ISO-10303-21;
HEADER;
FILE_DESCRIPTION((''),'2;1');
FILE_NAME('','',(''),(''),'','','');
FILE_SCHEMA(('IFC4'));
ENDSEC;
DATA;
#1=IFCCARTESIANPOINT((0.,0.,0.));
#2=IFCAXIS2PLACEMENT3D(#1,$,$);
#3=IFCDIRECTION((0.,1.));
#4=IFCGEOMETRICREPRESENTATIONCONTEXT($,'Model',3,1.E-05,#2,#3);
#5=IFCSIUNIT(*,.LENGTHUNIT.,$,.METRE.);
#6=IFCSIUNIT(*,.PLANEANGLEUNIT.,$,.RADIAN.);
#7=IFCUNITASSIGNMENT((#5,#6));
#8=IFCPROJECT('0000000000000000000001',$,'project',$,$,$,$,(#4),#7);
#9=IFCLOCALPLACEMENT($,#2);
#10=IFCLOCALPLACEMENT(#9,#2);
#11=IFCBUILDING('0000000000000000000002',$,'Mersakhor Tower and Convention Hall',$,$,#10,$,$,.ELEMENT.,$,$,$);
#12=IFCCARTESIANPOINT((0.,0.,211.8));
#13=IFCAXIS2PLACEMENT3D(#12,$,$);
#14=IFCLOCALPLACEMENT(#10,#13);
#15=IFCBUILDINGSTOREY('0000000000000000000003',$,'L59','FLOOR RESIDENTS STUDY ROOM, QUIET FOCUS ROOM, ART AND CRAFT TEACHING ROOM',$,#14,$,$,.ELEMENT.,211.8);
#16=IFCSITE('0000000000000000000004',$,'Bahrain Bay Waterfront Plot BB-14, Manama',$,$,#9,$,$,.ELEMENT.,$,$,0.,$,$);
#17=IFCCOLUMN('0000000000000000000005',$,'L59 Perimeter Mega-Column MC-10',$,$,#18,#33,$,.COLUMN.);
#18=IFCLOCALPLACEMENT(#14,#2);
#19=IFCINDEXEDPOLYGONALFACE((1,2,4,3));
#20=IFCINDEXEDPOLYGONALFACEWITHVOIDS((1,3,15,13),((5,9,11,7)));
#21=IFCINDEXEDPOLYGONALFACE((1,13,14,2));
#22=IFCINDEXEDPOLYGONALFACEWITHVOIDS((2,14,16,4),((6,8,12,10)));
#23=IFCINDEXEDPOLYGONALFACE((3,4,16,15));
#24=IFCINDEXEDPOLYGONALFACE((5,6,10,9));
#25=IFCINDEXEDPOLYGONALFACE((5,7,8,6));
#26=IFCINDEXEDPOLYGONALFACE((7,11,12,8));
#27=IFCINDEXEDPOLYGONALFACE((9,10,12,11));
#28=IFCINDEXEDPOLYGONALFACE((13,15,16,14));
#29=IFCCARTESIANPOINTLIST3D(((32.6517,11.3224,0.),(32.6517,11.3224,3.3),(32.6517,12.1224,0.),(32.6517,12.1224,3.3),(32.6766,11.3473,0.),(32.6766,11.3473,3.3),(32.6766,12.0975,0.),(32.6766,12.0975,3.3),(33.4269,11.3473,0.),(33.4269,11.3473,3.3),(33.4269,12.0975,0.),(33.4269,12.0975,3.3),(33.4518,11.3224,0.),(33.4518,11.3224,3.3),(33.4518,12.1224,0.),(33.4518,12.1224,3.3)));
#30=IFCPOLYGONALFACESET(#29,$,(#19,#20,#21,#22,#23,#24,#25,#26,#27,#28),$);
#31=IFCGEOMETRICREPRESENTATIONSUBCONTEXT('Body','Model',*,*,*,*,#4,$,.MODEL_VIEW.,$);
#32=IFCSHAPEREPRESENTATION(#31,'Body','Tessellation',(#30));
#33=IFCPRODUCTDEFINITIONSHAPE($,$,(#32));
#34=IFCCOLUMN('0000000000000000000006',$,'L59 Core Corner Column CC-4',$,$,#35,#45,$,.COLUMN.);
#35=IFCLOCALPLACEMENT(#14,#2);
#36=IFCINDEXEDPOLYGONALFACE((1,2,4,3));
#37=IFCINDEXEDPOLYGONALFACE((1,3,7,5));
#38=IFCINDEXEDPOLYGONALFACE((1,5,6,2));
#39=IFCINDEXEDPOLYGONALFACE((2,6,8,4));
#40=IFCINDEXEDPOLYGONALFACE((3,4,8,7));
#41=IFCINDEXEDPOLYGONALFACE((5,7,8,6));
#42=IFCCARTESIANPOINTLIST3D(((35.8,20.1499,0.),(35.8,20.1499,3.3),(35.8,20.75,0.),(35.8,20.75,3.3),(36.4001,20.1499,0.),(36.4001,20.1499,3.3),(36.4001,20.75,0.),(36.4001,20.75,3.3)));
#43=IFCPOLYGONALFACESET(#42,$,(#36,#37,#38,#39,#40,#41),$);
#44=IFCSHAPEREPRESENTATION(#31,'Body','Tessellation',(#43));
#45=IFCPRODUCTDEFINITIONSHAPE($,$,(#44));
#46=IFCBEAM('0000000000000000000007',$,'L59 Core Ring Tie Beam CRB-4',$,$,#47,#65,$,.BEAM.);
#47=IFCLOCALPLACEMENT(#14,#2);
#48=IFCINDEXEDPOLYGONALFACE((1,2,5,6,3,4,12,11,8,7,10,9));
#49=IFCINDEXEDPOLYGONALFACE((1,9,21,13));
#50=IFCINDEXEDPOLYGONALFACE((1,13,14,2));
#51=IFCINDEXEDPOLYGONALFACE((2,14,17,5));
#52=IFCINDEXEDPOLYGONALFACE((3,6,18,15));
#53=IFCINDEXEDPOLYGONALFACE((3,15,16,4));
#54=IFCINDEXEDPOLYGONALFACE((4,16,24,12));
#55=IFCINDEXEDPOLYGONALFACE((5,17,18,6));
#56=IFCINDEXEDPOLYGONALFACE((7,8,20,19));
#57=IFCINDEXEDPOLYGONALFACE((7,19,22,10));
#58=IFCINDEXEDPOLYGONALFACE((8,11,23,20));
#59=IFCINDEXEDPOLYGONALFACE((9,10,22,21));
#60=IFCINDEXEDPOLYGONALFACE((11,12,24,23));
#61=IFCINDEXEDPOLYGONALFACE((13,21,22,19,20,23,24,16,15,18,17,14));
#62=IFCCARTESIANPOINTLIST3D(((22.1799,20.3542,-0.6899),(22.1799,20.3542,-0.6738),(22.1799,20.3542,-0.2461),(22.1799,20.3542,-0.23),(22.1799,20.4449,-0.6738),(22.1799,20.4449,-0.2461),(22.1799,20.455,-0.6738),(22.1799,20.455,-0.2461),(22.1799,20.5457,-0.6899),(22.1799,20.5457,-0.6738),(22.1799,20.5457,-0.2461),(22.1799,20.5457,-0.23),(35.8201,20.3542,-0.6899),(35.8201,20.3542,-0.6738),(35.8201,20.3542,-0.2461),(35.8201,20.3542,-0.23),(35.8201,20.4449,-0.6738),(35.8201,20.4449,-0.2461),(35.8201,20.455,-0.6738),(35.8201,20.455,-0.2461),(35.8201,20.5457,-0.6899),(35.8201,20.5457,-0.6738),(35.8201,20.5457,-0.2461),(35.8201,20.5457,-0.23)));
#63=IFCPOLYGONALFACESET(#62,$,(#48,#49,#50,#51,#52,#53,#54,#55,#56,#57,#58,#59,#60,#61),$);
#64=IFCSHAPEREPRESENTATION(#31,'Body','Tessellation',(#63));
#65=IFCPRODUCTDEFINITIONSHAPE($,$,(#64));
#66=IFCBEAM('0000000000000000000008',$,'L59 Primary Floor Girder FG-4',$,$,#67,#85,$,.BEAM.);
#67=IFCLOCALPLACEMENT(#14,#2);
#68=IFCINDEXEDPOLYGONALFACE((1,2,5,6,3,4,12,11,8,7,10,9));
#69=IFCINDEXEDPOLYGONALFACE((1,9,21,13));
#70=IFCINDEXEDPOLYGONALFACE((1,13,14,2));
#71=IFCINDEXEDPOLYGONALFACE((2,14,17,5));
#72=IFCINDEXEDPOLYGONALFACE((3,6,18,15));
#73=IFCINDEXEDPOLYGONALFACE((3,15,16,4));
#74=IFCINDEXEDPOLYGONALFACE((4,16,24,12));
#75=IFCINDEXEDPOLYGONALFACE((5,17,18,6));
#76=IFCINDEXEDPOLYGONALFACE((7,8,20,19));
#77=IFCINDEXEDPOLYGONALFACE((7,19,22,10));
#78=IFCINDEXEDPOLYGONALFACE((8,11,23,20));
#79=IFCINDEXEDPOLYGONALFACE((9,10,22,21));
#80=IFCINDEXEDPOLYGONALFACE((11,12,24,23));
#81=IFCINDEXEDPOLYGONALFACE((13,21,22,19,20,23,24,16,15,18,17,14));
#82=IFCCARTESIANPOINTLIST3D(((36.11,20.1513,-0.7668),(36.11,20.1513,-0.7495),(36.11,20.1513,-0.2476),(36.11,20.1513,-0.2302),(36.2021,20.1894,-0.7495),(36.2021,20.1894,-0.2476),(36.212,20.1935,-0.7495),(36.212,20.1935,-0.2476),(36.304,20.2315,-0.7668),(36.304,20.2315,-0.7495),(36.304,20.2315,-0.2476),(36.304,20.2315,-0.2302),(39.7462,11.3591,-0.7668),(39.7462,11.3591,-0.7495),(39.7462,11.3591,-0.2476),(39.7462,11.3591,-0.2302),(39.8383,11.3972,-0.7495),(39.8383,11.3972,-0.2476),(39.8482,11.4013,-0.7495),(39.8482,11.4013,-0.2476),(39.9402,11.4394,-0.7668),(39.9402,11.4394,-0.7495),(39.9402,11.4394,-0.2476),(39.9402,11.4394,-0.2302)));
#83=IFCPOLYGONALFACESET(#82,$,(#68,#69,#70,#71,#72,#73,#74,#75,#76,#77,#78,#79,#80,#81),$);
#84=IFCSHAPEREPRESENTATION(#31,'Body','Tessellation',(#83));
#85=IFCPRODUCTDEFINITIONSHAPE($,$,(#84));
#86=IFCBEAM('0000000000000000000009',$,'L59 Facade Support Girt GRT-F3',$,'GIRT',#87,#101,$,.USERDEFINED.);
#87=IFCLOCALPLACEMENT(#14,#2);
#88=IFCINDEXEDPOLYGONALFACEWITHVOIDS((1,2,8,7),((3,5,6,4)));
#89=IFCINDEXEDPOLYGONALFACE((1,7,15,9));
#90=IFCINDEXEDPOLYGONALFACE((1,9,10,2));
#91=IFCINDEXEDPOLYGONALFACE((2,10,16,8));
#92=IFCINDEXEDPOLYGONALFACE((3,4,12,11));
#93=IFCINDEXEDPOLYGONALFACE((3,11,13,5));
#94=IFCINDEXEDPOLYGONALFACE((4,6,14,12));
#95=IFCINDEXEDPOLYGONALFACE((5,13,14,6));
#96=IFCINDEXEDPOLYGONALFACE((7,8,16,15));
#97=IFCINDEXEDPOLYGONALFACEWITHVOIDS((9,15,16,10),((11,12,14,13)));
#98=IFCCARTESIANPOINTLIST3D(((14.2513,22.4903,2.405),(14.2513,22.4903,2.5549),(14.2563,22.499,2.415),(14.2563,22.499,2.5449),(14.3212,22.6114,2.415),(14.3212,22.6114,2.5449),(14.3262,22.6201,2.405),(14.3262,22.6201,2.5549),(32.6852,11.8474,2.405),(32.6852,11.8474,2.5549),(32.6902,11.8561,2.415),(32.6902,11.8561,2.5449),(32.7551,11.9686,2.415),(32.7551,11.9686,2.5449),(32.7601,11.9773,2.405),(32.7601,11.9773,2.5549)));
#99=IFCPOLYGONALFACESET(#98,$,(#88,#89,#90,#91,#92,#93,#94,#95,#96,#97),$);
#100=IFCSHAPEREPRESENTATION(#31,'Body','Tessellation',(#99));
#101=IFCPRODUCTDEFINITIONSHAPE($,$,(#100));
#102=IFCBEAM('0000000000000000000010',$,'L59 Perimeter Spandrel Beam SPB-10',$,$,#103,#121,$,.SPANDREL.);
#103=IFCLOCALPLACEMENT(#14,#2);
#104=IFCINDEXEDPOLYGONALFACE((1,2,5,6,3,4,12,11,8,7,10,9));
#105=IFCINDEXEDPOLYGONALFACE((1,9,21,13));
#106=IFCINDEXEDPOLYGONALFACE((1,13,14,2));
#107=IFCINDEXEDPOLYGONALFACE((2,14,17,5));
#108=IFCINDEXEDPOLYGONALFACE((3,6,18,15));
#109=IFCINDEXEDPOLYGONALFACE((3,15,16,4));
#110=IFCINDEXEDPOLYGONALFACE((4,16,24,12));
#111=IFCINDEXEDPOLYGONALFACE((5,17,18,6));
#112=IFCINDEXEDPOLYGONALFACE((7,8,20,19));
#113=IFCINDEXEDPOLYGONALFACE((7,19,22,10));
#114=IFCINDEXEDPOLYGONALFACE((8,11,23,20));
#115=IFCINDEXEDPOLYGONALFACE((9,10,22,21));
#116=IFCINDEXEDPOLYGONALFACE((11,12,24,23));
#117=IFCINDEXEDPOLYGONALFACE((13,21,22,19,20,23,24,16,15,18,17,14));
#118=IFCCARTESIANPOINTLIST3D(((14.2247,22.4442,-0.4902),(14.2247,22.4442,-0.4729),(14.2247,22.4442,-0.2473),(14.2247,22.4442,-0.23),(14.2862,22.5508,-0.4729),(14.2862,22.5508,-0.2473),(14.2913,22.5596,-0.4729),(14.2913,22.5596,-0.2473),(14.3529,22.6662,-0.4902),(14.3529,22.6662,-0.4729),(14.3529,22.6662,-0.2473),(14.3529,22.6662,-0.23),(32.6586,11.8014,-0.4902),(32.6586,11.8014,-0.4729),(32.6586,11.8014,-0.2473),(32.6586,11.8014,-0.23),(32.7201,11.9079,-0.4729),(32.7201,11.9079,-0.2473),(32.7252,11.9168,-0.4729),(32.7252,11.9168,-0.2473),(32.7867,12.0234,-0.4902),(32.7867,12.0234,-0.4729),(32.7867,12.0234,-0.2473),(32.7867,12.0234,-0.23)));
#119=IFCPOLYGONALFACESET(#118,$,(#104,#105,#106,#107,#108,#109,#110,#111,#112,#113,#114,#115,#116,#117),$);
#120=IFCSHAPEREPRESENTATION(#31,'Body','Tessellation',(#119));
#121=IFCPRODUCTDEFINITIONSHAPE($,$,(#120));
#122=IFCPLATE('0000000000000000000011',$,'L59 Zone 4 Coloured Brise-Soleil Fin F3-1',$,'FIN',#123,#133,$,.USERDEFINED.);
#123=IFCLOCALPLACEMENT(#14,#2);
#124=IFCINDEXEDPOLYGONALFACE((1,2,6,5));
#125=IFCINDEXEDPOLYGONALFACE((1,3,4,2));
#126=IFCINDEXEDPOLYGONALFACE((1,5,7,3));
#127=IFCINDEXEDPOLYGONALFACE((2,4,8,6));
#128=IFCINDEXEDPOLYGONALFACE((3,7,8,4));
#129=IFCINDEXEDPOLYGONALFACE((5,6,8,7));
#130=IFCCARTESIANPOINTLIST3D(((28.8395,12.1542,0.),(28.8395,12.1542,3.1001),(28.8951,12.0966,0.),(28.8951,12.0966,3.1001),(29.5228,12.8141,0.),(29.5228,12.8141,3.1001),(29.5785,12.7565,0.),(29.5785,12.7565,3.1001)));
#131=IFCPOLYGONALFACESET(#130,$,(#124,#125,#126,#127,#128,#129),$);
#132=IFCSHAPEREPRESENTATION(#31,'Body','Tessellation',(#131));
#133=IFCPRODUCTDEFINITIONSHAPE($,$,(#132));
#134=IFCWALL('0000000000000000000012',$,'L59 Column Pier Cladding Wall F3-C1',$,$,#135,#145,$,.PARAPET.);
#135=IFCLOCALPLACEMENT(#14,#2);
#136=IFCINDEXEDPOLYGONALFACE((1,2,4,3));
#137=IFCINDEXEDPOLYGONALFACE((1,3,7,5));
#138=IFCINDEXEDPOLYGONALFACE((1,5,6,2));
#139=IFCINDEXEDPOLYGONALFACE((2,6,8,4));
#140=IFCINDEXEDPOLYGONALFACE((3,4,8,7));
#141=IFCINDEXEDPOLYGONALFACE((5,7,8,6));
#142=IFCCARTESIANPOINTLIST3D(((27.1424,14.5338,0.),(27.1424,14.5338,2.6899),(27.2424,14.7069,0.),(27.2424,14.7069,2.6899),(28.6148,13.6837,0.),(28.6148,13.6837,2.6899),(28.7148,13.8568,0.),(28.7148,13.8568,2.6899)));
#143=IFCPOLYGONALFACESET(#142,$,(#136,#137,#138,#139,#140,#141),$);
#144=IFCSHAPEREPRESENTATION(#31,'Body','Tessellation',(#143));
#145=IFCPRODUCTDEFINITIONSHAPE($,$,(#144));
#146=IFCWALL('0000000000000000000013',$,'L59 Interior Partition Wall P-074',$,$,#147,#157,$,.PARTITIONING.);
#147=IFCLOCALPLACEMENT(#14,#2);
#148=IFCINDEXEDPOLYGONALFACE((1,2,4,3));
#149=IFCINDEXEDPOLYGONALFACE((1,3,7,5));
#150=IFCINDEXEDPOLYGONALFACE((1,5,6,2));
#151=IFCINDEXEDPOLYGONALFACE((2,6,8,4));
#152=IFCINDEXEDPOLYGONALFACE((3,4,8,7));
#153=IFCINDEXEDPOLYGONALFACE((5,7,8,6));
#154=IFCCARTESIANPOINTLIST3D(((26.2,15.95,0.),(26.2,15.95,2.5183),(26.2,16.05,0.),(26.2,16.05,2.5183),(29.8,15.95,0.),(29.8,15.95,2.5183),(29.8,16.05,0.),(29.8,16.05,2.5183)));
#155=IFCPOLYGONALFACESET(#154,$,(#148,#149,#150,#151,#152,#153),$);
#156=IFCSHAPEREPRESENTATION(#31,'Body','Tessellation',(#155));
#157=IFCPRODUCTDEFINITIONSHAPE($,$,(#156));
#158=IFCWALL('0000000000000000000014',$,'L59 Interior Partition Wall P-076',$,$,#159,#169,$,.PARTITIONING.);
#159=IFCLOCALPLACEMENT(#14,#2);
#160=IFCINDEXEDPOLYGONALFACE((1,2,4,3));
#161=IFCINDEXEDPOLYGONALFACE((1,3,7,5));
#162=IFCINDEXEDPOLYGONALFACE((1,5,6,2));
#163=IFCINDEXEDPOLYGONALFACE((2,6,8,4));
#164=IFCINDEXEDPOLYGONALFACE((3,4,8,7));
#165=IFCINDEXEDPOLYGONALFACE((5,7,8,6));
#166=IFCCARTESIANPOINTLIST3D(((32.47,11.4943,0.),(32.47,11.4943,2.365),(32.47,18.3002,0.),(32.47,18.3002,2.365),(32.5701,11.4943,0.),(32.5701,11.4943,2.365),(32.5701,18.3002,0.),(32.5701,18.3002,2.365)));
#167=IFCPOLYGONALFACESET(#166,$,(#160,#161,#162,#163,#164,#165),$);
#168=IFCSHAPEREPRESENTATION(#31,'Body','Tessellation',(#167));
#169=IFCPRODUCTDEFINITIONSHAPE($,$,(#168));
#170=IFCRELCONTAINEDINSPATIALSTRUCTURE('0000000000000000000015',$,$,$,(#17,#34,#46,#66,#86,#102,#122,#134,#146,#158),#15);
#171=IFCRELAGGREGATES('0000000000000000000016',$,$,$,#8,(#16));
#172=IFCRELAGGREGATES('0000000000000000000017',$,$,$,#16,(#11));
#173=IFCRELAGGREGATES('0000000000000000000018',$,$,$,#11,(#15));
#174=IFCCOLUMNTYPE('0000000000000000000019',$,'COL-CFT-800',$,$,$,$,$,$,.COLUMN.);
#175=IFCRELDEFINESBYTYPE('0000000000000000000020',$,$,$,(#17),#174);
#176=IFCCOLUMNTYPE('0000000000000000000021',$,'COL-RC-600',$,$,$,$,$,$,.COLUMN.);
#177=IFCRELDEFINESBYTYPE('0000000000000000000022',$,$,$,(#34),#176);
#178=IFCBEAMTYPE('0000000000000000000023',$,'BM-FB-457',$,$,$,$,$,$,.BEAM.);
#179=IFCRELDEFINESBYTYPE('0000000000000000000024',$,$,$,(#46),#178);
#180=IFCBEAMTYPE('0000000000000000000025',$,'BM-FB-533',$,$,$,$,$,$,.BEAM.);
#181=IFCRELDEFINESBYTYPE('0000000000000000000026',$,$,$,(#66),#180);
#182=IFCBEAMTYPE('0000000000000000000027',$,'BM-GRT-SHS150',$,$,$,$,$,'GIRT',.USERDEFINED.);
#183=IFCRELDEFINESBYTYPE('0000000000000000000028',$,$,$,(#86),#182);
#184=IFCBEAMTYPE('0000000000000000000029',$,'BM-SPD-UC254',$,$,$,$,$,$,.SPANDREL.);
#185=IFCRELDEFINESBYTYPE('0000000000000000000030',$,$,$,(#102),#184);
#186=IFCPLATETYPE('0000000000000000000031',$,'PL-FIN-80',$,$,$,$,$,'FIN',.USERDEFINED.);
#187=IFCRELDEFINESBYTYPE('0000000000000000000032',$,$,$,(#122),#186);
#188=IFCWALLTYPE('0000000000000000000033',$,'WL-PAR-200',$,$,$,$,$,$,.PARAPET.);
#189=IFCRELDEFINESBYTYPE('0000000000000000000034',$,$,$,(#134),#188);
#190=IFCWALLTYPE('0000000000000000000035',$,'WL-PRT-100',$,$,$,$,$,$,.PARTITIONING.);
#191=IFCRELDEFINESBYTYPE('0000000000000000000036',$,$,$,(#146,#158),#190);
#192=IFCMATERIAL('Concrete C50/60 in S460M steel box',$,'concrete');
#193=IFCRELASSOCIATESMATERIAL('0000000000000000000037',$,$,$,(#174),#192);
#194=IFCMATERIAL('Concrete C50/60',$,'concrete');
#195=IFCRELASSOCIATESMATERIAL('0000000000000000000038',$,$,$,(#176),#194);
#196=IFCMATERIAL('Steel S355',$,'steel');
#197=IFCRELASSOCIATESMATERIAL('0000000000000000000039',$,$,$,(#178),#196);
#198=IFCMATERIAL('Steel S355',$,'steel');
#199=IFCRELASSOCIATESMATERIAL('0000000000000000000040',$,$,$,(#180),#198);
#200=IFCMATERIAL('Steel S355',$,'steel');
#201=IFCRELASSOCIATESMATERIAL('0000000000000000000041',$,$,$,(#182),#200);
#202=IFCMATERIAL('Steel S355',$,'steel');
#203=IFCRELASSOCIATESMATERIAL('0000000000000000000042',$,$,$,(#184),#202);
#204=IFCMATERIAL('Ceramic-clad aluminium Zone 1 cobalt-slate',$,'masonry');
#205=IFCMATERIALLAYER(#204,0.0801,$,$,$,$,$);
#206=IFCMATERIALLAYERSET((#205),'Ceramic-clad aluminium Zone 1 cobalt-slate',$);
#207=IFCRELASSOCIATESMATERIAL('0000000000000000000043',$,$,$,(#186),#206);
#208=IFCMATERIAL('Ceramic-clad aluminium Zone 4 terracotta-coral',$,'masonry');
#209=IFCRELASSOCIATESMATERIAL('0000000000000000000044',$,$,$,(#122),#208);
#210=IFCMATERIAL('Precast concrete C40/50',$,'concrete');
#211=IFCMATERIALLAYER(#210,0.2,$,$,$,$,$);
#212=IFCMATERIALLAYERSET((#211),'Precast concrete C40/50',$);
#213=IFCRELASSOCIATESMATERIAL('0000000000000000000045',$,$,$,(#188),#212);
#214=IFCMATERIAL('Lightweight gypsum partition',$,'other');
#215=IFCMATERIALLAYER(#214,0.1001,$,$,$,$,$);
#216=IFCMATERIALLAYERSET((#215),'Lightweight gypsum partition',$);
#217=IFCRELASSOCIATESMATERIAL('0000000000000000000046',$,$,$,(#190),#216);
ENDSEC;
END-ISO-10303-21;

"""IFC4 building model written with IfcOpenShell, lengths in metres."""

from ifc_helpers import new_model, si_unit, direction, frame, frame_2d, origin, origin_2d, place, context, subcontext, project, spatial, rectangle, hollow_rectangle, i_section, extrude, material, layer, layer_set, material_profile, profile_set, type_object, element, save


model = new_model("IFC4")

# Units and contexts
model_context = context("Model", 3, precision=1e-05, world=origin(), true_north=direction((0.0, 1.0)))
body_context = subcontext(model_context, "Body", "Model", "MODEL_VIEW")
ifc_project = project(units=[si_unit("LENGTHUNIT", "METRE"), si_unit("PLANEANGLEUNIT", "RADIAN")], contexts=[model_context])

# Site, building, storey
site_placement = place(None, origin())
site = spatial("IfcSite", under=ifc_project, at=site_placement, Name="Bahrain Bay Waterfront Plot BB-14, Manama", CompositionType="ELEMENT", RefElevation=0.0)
building_placement = place(site_placement, origin())
building = spatial("IfcBuilding", under=site, at=building_placement, Name="Mersakhor Tower and Convention Hall", CompositionType="ELEMENT")
storey_placement = place(building_placement, frame((0.0, 0.0, 211.8)))
storey = spatial("IfcBuildingStorey", under=building, at=storey_placement, Name="L59", Description="FLOOR RESIDENTS STUDY ROOM, QUIET FOCUS ROOM, ART AND CRAFT TEACHING ROOM", CompositionType="ELEMENT", Elevation=211.8)

# Columns
ifc_material_1 = material(Name="Concrete C50/60 in S460M steel box", Category="concrete")
ifc_material_profile_1 = material_profile(ifc_material_1, hollow_rectangle(XDim=0.8, YDim=0.8, WallThickness=0.0249, at=origin_2d()), Name="SHS 800x800x25")
ifc_profile_set_1 = profile_set([ifc_material_profile_1], Name="Concrete C50/60 in S460M steel box")
column_type_1 = type_object("IfcColumnType", Name="COL-CFT-800", PredefinedType="COLUMN", material=ifc_profile_set_1)
column_1_placement = place(storey_placement, frame((33.0518, 11.7224, 0.0), z_axis=(0.0, 0.0, 1.0), x_axis=(1.0, 0.0, 0.0)))
element("IfcColumn", 1, at=column_1_placement, inside=storey, type_object=column_type_1, Name="L59 Perimeter Mega-Column MC-10", PredefinedType="COLUMN", context=body_context, shape_type="SweptSolid", body=[
    extrude(hollow_rectangle(XDim=0.8, YDim=0.8, WallThickness=0.0249, at=origin_2d()), origin(), (0.0, 0.0, 1.0), 3.3),
])
ifc_material_2 = material(Name="Concrete C50/60", Category="concrete")
ifc_material_profile_2 = material_profile(ifc_material_2, rectangle(XDim=0.6001, YDim=0.6001, at=origin_2d()), Name="RC 600x600")
ifc_profile_set_2 = profile_set([ifc_material_profile_2], Name="Concrete C50/60")
column_type_2 = type_object("IfcColumnType", Name="COL-RC-600", PredefinedType="COLUMN", material=ifc_profile_set_2)
column_2_placement = place(storey_placement, frame((36.1001, 20.45, 0.0), z_axis=(0.0, 0.0, 1.0), x_axis=(1.0, 0.0, 0.0)))
element("IfcColumn", 2, at=column_2_placement, inside=storey, type_object=column_type_2, Name="L59 Core Corner Column CC-4", PredefinedType="COLUMN", context=body_context, shape_type="SweptSolid", body=[
    extrude(rectangle(XDim=0.6001, YDim=0.6001, at=origin_2d()), origin(), (0.0, 0.0, 1.0), 3.3),
])

# Beams
ifc_material_3 = material(Name="Steel S355", Category="steel")
ifc_material_profile_3 = material_profile(ifc_material_3, i_section(OverallWidth=0.1914, OverallDepth=0.46, WebThickness=0.01, FlangeThickness=0.0161, at=origin_2d()), Name="UB 457x191x82")
ifc_profile_set_3 = profile_set([ifc_material_profile_3], Name="Steel S355")
beam_type_1 = type_object("IfcBeamType", Name="BM-FB-457", PredefinedType="BEAM", material=ifc_profile_set_3)
beam_1_placement = place(storey_placement, frame((35.8201, 20.45, -0.46), z_axis=(-1.0, 0.0, 0.0), x_axis=(0.0, -1.0, 0.0)))
element("IfcBeam", 3, at=beam_1_placement, inside=storey, type_object=beam_type_1, Name="L59 Core Ring Tie Beam CRB-4", PredefinedType="BEAM", context=body_context, shape_type="SweptSolid", body=[
    extrude(i_section(OverallWidth=0.1914, OverallDepth=0.46, WebThickness=0.01, FlangeThickness=0.0161, at=origin_2d()), origin(), (0.0, 0.0, 1.0), 13.6401),
])
ifc_material_4 = material(Name="Steel S355", Category="steel")
ifc_material_profile_4 = material_profile(ifc_material_4, i_section(OverallWidth=0.21, OverallDepth=0.5366, WebThickness=0.0107, FlangeThickness=0.0173, at=origin_2d()), Name="UB 533x210x101")
ifc_profile_set_4 = profile_set([ifc_material_profile_4], Name="Steel S355")
beam_type_2 = type_object("IfcBeamType", Name="BM-FB-533", PredefinedType="BEAM", material=ifc_profile_set_4)
beam_2_placement = place(storey_placement, frame((36.207, 20.1914, -0.4985), z_axis=(0.382178, -0.924089, 0.0), x_axis=(0.924089, 0.382178, 0.0)))
element("IfcBeam", 4, at=beam_2_placement, inside=storey, type_object=beam_type_2, Name="L59 Primary Floor Girder FG-4", PredefinedType="BEAM", context=body_context, shape_type="SweptSolid", body=[
    extrude(i_section(OverallWidth=0.21, OverallDepth=0.5366, WebThickness=0.0107, FlangeThickness=0.0173, at=origin_2d()), origin(), (0.0, 0.0, 1.0), 9.5144),
])
ifc_material_5 = material(Name="Steel S355", Category="steel")
ifc_material_profile_5 = material_profile(ifc_material_5, hollow_rectangle(XDim=0.1499, YDim=0.1499, WallThickness=0.01, at=origin_2d()), Name="SHS 150x150x10")
ifc_profile_set_5 = profile_set([ifc_material_profile_5], Name="Steel S355")
beam_type_3 = type_object("IfcBeamType", Name="BM-GRT-SHS150", ElementType="GIRT", PredefinedType="USERDEFINED", material=ifc_profile_set_5)
beam_3_placement = place(storey_placement, frame((32.7227, 11.9124, 2.48), z_axis=(-0.866025, 0.500001, 0.0), x_axis=(-0.500001, -0.866025, 0.0)))
element("IfcBeam", 5, at=beam_3_placement, inside=storey, type_object=beam_type_3, Name="L59 Facade Support Girt GRT-F3", ObjectType="GIRT", PredefinedType="USERDEFINED", context=body_context, shape_type="SweptSolid", body=[
    extrude(hollow_rectangle(XDim=0.1499, YDim=0.1499, WallThickness=0.01, at=origin_2d()), origin(), (0.0, 0.0, 1.0), 21.2856),
])
ifc_material_6 = material(Name="Steel S355", Category="steel")
ifc_material_profile_6 = material_profile(ifc_material_6, i_section(OverallWidth=0.2563, OverallDepth=0.2603, WebThickness=0.0103, FlangeThickness=0.0173, at=origin_2d()), Name="UC 254x254x89")
ifc_profile_set_6 = profile_set([ifc_material_profile_6], Name="Steel S355")
beam_type_4 = type_object("IfcBeamType", Name="BM-SPD-UC254", PredefinedType="SPANDREL", material=ifc_profile_set_6)
beam_4_placement = place(storey_placement, frame((32.7227, 11.9124, -0.3601), z_axis=(-0.866025, 0.500001, 0.0), x_axis=(-0.500001, -0.866025, 0.0)))
element("IfcBeam", 6, at=beam_4_placement, inside=storey, type_object=beam_type_4, Name="L59 Perimeter Spandrel Beam SPB-10", PredefinedType="SPANDREL", context=body_context, shape_type="SweptSolid", body=[
    extrude(i_section(OverallWidth=0.2563, OverallDepth=0.2603, WebThickness=0.0103, FlangeThickness=0.0173, at=origin_2d()), origin(), (0.0, 0.0, 1.0), 21.2856),
])

# Plate
ifc_material_7 = material(Name="Ceramic-clad aluminium Zone 4 terracotta-coral", Category="masonry")
ifc_material_8 = material(Name="Ceramic-clad aluminium Zone 1 cobalt-slate", Category="masonry")
ifc_layer_1 = layer(ifc_material_8, 0.0801)
ifc_layer_set_1 = layer_set([ifc_layer_1], Name="Ceramic-clad aluminium Zone 1 cobalt-slate")
plate_type = type_object("IfcPlateType", Name="PL-FIN-80", ElementType="FIN", PredefinedType="USERDEFINED", material=ifc_layer_set_1)
plate_placement = place(storey_placement, frame((29.209, 12.4553, 0.0), z_axis=(0.0, 0.0, 1.0), x_axis=(-0.71934, -0.694658, 0.0)))
element("IfcPlate", 7, at=plate_placement, inside=storey, type_object=plate_type, material=ifc_material_7, Name="L59 Zone 4 Coloured Brise-Soleil Fin F3-1", ObjectType="FIN", PredefinedType="USERDEFINED", context=body_context, shape_type="SweptSolid", body=[
    extrude(rectangle(XDim=0.95, YDim=0.0801, at=origin_2d()), origin(), (0.0, 0.0, 1.0), 3.1001),
])

# Walls
ifc_material_9 = material(Name="Precast concrete C40/50", Category="concrete")
ifc_layer_2 = layer(ifc_material_9, 0.2)
ifc_layer_set_2 = layer_set([ifc_layer_2], Name="Precast concrete C40/50")
wall_type_1 = type_object("IfcWallType", Name="WL-PAR-200", PredefinedType="PARAPET", material=ifc_layer_set_2)
wall_1_placement = place(storey_placement, frame((28.6648, 13.7703, 0.0), z_axis=(0.0, 0.0, 1.0), x_axis=(-0.866025, 0.5, 0.0)))
element("IfcWall", 8, at=wall_1_placement, inside=storey, type_object=wall_type_1, Name="L59 Column Pier Cladding Wall F3-C1", PredefinedType="PARAPET", context=body_context, shape_type="SweptSolid", body=[
    extrude(rectangle(XDim=1.7002, YDim=0.2, at=frame_2d((0.8501, 0.0))), origin(), (0.0, 0.0, 1.0), 2.6899),
])
ifc_material_10 = material(Name="Lightweight gypsum partition", Category="other")
ifc_layer_3 = layer(ifc_material_10, 0.1001)
ifc_layer_set_3 = layer_set([ifc_layer_3], Name="Lightweight gypsum partition")
wall_type_2 = type_object("IfcWallType", Name="WL-PRT-100", PredefinedType="PARTITIONING", material=ifc_layer_set_3)
wall_2_placement = place(storey_placement, frame((29.8, 16.0, 0.0), z_axis=(0.0, 0.0, 1.0), x_axis=(-1.0, 0.0, 0.0)))
element("IfcWall", 9, at=wall_2_placement, inside=storey, type_object=wall_type_2, Name="L59 Interior Partition Wall P-074", PredefinedType="PARTITIONING", context=body_context, shape_type="SweptSolid", body=[
    extrude(rectangle(XDim=3.6001, YDim=0.1001, at=frame_2d((1.8, 0.0))), origin(), (0.0, 0.0, 1.0), 2.5183),
])
wall_3_placement = place(storey_placement, frame((32.52, 18.3, 0.0), z_axis=(0.0, 0.0, 1.0), x_axis=(0.0, -1.0, 0.0)))
element("IfcWall", 10, at=wall_3_placement, inside=storey, type_object=wall_type_2, Name="L59 Interior Partition Wall P-076", PredefinedType="PARTITIONING", context=body_context, shape_type="SweptSolid", body=[
    extrude(rectangle(XDim=6.8059, YDim=0.1001, at=frame_2d((3.4028, 0.0))), origin(), (0.0, 0.0, 1.0), 2.365),
])

save(model, "model.ifc")
